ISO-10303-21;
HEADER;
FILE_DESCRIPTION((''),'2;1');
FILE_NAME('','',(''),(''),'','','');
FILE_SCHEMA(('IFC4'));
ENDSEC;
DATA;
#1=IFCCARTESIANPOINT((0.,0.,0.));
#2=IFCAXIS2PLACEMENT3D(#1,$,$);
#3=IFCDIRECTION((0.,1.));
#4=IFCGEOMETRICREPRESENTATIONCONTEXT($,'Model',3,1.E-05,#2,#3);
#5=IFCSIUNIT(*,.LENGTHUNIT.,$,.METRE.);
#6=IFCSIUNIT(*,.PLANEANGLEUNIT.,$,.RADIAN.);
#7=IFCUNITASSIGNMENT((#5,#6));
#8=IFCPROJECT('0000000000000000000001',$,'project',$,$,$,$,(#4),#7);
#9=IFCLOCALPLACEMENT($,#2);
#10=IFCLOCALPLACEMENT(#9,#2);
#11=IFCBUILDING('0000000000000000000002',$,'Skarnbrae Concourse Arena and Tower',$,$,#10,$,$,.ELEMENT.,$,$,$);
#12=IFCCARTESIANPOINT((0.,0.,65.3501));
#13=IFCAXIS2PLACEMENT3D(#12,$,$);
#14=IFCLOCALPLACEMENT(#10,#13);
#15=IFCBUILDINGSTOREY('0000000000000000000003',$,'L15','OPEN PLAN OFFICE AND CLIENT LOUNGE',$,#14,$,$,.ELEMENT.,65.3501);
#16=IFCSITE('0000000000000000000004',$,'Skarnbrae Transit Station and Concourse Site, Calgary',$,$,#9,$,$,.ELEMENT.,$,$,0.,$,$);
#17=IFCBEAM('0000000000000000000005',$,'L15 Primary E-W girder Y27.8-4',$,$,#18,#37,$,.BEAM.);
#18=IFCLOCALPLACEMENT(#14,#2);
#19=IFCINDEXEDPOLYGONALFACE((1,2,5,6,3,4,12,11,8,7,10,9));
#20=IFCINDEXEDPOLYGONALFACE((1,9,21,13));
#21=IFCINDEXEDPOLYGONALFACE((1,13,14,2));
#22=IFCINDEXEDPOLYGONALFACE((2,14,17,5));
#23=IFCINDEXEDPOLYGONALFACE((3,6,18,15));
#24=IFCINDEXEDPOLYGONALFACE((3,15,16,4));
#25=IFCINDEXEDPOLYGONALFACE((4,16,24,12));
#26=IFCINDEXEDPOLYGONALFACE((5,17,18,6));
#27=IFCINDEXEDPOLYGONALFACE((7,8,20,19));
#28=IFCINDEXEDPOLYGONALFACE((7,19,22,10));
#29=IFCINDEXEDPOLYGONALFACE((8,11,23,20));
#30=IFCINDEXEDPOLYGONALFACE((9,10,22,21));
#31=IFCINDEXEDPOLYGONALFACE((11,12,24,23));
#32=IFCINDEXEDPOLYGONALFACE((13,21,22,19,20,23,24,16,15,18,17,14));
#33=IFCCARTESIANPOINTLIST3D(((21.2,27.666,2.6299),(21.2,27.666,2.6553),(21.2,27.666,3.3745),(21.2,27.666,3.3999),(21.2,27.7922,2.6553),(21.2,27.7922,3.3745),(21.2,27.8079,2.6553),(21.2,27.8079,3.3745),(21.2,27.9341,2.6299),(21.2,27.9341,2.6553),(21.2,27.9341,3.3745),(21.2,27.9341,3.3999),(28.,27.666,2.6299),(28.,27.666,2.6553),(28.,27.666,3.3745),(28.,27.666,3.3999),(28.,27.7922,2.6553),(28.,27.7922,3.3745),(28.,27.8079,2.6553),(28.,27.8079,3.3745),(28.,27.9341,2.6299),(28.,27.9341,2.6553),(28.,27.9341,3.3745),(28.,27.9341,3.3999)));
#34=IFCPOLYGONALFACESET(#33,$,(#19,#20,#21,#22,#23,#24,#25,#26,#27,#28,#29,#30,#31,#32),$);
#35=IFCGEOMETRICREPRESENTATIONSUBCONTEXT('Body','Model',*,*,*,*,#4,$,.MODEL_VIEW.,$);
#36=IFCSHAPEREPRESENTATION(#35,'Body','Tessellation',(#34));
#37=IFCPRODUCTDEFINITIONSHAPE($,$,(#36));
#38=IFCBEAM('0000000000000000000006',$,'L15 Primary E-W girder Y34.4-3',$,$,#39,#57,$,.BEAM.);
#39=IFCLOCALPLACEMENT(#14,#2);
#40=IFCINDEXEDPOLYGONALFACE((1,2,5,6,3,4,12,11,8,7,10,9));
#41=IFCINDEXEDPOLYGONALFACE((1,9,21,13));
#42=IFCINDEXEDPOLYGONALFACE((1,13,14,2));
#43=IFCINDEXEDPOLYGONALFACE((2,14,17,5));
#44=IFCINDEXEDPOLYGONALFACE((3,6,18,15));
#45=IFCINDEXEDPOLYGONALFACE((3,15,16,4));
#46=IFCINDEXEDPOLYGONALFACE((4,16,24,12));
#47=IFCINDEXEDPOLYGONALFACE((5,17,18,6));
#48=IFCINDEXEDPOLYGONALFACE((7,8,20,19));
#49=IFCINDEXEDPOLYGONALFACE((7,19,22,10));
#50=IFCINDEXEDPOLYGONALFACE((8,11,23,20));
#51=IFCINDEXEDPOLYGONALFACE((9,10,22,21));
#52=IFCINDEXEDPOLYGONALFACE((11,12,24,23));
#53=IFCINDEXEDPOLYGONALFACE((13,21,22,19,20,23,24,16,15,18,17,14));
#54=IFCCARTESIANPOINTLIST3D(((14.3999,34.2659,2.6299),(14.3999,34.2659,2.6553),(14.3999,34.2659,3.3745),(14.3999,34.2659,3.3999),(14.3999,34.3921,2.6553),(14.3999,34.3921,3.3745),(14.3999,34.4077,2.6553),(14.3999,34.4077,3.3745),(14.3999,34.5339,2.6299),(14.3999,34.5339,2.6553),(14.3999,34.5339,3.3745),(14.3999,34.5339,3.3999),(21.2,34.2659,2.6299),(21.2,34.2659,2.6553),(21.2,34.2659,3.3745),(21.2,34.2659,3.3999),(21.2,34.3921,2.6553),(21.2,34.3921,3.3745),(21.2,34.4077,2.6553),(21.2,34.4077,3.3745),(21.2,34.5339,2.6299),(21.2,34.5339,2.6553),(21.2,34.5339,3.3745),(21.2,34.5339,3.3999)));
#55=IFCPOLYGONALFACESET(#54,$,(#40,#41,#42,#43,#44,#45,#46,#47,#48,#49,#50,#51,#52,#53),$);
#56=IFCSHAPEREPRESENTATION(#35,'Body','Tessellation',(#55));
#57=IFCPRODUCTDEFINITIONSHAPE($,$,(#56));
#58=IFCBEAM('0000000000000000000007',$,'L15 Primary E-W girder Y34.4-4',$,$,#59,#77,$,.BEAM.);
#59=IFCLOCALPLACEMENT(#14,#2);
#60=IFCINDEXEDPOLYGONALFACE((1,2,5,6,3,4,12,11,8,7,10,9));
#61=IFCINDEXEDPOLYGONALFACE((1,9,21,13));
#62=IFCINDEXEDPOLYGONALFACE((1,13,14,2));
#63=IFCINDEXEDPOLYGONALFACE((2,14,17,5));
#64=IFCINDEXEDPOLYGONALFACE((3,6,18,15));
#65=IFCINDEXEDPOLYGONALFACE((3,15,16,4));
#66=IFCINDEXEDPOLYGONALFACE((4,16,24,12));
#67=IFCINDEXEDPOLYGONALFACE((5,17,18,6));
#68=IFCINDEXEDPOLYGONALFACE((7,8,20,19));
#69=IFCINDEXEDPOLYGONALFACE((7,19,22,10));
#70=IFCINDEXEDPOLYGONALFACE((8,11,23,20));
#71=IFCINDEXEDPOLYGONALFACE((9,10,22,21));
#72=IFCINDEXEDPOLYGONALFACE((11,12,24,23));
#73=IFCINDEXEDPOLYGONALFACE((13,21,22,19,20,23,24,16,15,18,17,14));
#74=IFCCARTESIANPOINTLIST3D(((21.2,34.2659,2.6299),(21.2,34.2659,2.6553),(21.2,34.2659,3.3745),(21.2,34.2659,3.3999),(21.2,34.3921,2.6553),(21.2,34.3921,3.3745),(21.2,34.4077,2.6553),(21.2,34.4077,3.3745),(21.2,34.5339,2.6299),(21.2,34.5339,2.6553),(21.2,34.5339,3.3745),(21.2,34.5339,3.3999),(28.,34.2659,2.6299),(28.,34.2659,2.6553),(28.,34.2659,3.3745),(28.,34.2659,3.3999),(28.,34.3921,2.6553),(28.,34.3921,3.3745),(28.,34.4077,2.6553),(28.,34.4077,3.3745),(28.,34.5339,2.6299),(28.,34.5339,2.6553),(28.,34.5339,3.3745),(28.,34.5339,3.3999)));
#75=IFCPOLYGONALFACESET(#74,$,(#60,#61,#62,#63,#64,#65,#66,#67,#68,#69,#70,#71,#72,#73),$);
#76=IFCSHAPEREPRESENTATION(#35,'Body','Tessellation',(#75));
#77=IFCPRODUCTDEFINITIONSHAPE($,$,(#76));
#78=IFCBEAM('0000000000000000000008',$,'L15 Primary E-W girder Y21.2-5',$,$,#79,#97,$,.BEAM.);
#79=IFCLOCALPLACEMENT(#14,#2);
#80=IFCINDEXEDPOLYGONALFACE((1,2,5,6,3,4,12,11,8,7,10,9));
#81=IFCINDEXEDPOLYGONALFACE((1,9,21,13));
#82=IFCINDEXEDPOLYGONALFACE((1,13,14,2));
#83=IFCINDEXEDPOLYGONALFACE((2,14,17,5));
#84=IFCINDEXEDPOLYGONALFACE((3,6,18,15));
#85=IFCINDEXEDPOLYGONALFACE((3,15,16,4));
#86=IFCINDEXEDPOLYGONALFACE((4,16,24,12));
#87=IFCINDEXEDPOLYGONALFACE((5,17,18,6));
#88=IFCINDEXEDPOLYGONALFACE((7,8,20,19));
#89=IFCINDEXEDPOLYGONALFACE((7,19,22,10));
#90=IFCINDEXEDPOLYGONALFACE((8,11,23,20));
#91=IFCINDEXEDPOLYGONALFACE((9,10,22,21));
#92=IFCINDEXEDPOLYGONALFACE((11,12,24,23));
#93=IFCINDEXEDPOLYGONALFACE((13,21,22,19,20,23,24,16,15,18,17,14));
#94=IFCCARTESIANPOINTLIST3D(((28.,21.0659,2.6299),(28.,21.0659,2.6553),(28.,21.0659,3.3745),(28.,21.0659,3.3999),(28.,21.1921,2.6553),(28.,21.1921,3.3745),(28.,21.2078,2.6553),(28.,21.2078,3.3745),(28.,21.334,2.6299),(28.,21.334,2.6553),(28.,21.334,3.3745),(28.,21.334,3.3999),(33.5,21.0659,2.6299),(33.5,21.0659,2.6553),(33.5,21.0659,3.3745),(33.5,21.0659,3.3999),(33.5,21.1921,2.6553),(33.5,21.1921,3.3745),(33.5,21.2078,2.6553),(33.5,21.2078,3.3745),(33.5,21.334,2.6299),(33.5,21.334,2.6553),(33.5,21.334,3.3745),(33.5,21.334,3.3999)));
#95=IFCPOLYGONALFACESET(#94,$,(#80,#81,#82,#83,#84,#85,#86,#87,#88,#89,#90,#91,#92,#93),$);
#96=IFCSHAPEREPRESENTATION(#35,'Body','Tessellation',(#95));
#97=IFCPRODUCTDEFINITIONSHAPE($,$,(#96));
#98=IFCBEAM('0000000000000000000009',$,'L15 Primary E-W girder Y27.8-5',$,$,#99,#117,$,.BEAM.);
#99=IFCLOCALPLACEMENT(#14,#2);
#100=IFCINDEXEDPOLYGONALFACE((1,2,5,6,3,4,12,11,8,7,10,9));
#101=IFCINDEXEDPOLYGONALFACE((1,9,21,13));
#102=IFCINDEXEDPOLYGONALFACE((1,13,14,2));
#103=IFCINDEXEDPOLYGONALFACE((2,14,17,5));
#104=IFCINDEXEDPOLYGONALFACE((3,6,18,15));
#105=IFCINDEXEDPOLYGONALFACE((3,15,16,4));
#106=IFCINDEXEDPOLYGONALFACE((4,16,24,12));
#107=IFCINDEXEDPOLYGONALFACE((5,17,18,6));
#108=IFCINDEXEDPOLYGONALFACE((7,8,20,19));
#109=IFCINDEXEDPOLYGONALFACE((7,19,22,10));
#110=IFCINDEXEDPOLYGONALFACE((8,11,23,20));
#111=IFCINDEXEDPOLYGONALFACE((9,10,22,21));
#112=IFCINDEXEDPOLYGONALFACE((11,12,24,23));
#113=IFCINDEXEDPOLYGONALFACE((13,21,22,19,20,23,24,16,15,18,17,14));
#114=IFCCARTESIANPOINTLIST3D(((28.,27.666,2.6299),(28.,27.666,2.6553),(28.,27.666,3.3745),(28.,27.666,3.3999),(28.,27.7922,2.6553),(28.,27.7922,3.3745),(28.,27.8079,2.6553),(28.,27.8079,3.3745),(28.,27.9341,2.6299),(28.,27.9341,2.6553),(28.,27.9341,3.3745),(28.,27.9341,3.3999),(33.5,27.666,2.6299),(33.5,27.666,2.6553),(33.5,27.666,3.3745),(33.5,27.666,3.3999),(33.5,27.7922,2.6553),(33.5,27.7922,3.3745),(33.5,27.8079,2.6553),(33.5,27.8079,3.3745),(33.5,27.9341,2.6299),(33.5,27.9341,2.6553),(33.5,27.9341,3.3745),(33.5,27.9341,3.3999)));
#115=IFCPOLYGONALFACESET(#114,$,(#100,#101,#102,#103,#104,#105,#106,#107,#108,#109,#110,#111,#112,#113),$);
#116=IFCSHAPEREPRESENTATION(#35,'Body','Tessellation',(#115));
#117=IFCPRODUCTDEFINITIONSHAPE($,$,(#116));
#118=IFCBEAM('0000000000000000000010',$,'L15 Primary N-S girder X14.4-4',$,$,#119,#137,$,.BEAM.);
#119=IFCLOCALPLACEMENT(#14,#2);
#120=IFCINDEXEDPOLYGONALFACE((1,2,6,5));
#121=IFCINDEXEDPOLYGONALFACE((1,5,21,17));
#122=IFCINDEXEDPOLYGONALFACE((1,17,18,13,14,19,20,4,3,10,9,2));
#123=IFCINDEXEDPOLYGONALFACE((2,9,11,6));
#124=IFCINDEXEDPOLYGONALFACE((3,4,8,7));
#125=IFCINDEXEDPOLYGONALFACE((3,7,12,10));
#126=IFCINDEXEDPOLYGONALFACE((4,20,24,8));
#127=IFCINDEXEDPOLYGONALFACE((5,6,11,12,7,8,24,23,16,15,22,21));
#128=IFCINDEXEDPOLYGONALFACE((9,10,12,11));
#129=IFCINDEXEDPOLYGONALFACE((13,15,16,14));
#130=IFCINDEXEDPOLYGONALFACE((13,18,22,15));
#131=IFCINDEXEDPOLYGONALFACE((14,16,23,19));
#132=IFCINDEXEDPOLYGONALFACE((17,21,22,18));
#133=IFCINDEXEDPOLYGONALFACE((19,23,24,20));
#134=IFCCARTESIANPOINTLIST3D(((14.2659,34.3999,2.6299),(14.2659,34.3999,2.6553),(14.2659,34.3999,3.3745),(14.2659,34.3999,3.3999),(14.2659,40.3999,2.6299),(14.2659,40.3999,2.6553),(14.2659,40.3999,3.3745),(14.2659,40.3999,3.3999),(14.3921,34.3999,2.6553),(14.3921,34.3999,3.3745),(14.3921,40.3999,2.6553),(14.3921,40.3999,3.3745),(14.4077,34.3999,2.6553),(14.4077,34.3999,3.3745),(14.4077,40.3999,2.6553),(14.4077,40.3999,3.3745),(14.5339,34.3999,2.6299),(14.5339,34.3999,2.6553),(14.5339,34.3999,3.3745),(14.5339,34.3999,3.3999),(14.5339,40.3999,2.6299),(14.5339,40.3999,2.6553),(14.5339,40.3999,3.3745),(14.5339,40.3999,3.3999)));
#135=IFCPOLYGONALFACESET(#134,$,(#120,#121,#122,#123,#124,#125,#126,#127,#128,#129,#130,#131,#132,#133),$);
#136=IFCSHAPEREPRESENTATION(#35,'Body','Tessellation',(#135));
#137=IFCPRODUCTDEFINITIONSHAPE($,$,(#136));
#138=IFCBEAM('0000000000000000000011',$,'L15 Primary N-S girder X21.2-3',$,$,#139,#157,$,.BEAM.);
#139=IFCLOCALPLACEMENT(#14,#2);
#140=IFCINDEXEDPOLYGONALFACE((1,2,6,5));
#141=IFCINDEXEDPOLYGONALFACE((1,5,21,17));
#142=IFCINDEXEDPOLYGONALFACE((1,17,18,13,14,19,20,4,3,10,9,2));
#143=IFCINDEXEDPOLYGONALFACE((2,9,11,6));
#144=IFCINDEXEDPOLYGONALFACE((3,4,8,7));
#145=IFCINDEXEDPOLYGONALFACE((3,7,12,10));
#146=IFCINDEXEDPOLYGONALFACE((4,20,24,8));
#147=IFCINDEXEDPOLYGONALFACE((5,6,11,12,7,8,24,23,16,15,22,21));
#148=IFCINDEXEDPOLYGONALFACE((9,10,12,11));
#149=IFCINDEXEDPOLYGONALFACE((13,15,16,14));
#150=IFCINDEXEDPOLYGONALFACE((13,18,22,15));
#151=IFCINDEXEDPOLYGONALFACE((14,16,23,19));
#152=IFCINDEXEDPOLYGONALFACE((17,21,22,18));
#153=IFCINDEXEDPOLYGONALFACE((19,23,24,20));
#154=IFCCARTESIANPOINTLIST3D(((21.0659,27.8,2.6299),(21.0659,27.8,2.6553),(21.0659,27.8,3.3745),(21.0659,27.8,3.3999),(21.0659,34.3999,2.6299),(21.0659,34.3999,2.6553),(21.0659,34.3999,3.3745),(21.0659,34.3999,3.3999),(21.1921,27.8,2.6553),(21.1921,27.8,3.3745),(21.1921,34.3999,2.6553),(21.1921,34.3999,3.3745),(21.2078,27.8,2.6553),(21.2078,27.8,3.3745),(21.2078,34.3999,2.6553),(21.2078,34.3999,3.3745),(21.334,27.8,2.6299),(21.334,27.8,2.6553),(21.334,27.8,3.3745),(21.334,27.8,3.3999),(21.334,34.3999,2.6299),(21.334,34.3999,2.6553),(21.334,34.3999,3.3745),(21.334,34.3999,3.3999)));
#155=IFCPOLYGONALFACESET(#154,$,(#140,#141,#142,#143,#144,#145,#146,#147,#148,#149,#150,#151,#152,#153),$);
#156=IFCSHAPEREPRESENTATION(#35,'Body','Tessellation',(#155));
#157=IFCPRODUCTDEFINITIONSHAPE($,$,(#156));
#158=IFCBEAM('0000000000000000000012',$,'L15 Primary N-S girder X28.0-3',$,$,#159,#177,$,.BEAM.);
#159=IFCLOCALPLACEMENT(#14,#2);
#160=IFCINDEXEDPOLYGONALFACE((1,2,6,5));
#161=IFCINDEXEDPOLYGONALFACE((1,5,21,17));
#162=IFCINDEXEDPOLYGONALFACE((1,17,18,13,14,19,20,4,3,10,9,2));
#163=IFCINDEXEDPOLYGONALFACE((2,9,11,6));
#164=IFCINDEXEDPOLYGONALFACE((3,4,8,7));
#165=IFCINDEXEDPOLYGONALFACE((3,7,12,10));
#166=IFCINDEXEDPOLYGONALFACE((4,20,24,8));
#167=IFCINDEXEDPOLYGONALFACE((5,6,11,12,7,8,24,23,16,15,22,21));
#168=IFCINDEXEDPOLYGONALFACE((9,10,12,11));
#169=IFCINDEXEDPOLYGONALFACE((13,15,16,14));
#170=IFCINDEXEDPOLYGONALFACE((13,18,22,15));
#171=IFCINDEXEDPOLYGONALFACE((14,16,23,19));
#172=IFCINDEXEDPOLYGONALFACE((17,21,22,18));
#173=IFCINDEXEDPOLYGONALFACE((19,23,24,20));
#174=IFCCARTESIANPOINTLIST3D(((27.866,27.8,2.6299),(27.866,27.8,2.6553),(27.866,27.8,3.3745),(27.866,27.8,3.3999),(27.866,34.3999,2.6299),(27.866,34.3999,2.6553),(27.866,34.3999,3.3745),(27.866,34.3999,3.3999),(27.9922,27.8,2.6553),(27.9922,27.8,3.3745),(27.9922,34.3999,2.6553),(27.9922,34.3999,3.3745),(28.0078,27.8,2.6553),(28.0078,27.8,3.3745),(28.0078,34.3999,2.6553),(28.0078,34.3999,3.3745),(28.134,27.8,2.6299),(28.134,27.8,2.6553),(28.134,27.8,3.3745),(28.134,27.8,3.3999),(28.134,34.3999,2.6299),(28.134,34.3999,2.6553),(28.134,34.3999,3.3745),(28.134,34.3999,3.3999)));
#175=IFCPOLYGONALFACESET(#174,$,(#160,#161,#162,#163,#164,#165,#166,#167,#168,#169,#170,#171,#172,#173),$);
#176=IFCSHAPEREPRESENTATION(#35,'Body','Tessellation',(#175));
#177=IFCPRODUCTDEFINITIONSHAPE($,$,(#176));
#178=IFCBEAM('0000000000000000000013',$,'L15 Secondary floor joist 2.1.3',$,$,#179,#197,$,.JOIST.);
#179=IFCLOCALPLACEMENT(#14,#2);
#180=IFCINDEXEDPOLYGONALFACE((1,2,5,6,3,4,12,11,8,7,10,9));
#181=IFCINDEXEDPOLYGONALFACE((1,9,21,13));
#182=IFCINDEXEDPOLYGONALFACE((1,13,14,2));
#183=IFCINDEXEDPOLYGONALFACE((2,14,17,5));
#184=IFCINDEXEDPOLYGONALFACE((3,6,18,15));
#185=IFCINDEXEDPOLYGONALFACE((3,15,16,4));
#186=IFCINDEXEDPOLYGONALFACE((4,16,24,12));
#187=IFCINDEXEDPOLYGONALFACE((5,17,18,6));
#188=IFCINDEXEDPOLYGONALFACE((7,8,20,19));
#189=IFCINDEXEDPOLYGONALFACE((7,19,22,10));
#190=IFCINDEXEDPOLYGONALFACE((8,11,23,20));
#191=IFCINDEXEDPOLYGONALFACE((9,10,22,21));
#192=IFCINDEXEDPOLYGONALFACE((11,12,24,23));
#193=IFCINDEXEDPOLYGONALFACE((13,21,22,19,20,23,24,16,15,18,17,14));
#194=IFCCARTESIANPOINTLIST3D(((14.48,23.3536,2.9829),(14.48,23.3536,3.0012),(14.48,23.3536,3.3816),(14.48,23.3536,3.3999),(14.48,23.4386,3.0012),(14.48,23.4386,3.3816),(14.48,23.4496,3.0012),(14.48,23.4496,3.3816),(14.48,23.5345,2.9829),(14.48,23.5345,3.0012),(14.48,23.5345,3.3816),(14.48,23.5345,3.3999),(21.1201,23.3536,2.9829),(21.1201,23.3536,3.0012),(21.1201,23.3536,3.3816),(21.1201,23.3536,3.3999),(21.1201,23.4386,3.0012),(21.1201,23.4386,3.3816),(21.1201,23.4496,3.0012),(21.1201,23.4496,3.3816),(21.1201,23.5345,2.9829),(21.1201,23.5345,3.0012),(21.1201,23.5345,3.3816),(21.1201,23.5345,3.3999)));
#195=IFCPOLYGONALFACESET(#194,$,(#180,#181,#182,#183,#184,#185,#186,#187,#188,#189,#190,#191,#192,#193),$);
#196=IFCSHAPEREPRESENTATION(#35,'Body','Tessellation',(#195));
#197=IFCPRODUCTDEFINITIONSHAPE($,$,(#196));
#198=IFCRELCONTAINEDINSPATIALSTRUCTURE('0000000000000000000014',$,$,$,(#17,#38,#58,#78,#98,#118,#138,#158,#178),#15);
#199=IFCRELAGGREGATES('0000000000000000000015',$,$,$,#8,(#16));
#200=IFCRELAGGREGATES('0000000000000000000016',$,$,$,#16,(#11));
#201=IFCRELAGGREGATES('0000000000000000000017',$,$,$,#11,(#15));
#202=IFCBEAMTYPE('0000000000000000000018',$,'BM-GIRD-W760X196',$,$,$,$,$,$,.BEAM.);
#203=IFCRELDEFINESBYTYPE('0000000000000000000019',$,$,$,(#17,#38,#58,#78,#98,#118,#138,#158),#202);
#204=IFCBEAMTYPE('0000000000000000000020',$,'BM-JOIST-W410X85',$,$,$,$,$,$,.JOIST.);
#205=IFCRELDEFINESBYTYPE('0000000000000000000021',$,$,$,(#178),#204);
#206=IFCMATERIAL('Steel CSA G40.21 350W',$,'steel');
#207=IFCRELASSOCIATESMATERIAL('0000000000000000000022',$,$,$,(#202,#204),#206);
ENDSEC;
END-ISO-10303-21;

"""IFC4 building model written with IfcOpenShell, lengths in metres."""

from ifc_helpers import new_model, si_unit, direction, frame, origin, origin_2d, place, context, subcontext, project, spatial, i_section, extrude, source, transform, mapped, material, material_profile, profile_set, type_object, element, save


model = new_model("IFC4")

# Units and contexts
model_context = context("Model", 3, precision=1e-05, world=origin(), true_north=direction((0.0, 1.0)))
body_context = subcontext(model_context, "Body", "Model", "MODEL_VIEW")
ifc_project = project(units=[si_unit("LENGTHUNIT", "METRE"), si_unit("PLANEANGLEUNIT", "RADIAN")], contexts=[model_context])

# Site, building, storey
site_placement = place(None, origin())
site = spatial("IfcSite", under=ifc_project, at=site_placement, Name="Skarnbrae Transit Station and Concourse Site, Calgary", CompositionType="ELEMENT", RefElevation=0.0)
building_placement = place(site_placement, origin())
building = spatial("IfcBuilding", under=site, at=building_placement, Name="Skarnbrae Concourse Arena and Tower", CompositionType="ELEMENT")
storey_placement = place(building_placement, frame((0.0, 0.0, 65.3501)))
storey = spatial("IfcBuildingStorey", under=building, at=storey_placement, Name="L15", Description="OPEN PLAN OFFICE AND CLIENT LOUNGE", CompositionType="ELEMENT", Elevation=65.3501)

# Shared definitions
ifc_material_1 = material(Name="Steel CSA G40.21 350W", Category="steel")

# Beams
ifc_material_profile_1 = material_profile(ifc_material_1, i_section(OverallWidth=0.2681, OverallDepth=0.77, WebThickness=0.0156, FlangeThickness=0.0254, at=origin_2d()), Name="W760X196")
ifc_profile_set_1 = profile_set([ifc_material_profile_1], Name="Steel CSA G40.21 350W")
beam_type_1 = type_object("IfcBeamType", Name="BM-GIRD-W760X196", PredefinedType="BEAM", material=ifc_profile_set_1)
shared_shape_1 = source(origin(), body_context, "Body", "SweptSolid", [
    extrude(i_section(OverallWidth=0.2681, OverallDepth=0.77, WebThickness=0.0156, FlangeThickness=0.0254, at=origin_2d()), origin(), (0.0, 0.0, 1.0), 6.8),
])
for number, where, z_axis, x_axis, name in (
    (1, (21.2, 27.8, 3.0149), (1.0, 0.0, 0.0), (0.0, 1.0, 0.0), "L15 Primary E-W girder Y27.8-4"),
    (2, (14.3999, 34.3999, 3.0149), (1.0, 0.0, 0.0), (0.0, 1.0, 0.0), "L15 Primary E-W girder Y34.4-3"),
    (3, (21.2, 34.3999, 3.0149), (1.0, 0.0, 0.0), (0.0, 1.0, 0.0), "L15 Primary E-W girder Y34.4-4"),
):
    element("IfcBeam", number, at=place(storey_placement, frame(where, z_axis=z_axis, x_axis=x_axis)), inside=storey, type_object=beam_type_1, Name=name, PredefinedType="BEAM", context=body_context, shape_type="MappedRepresentation", body=[
        mapped(shared_shape_1, transform((0.0, 0.0, 0.0))),
    ])
shared_shape_2 = source(origin(), body_context, "Body", "SweptSolid", [
    extrude(i_section(OverallWidth=0.2681, OverallDepth=0.77, WebThickness=0.0156, FlangeThickness=0.0254, at=origin_2d()), origin(), (0.0, 0.0, 1.0), 5.5),
])
for number, where, z_axis, x_axis, name in (
    (4, (28.0, 21.2, 3.0149), (1.0, 0.0, 0.0), (0.0, 1.0, 0.0), "L15 Primary E-W girder Y21.2-5"),
    (5, (28.0, 27.8, 3.0149), (1.0, 0.0, 0.0), (0.0, 1.0, 0.0), "L15 Primary E-W girder Y27.8-5"),
):
    element("IfcBeam", number, at=place(storey_placement, frame(where, z_axis=z_axis, x_axis=x_axis)), inside=storey, type_object=beam_type_1, Name=name, PredefinedType="BEAM", context=body_context, shape_type="MappedRepresentation", body=[
        mapped(shared_shape_2, transform((0.0, 0.0, 0.0))),
    ])
shared_shape_3 = source(origin(), body_context, "Body", "SweptSolid", [
    extrude(i_section(OverallWidth=0.2681, OverallDepth=0.77, WebThickness=0.0156, FlangeThickness=0.0254, at=origin_2d()), origin(), (0.0, 0.0, 1.0), 6.0),
])
beam_placement = place(storey_placement, frame((14.3999, 34.3999, 3.0149), z_axis=(0.0, 1.0, 0.0), x_axis=(-1.0, 0.0, 0.0)))
element("IfcBeam", 6, at=beam_placement, inside=storey, type_object=beam_type_1, Name="L15 Primary N-S girder X14.4-4", PredefinedType="BEAM", context=body_context, shape_type="MappedRepresentation", body=[
    mapped(shared_shape_3, transform((0.0, 0.0, 0.0))),
])
shared_shape_4 = source(origin(), body_context, "Body", "SweptSolid", [
    extrude(i_section(OverallWidth=0.2681, OverallDepth=0.77, WebThickness=0.0156, FlangeThickness=0.0254, at=origin_2d()), origin(), (0.0, 0.0, 1.0), 6.5999),
])
for number, where, z_axis, x_axis, name in (
    (7, (21.2, 27.8, 3.0149), (0.0, 1.0, 0.0), (-1.0, 0.0, 0.0), "L15 Primary N-S girder X21.2-3"),
    (8, (28.0, 27.8, 3.0149), (0.0, 1.0, 0.0), (-1.0, 0.0, 0.0), "L15 Primary N-S girder X28.0-3"),
):
    element("IfcBeam", number, at=place(storey_placement, frame(where, z_axis=z_axis, x_axis=x_axis)), inside=storey, type_object=beam_type_1, Name=name, PredefinedType="BEAM", context=body_context, shape_type="MappedRepresentation", body=[
        mapped(shared_shape_4, transform((0.0, 0.0, 0.0))),
    ])
ifc_material_profile_2 = material_profile(ifc_material_1, i_section(OverallWidth=0.1809, OverallDepth=0.417, WebThickness=0.011, FlangeThickness=0.0183, at=origin_2d()), Name="W410X85")
ifc_profile_set_2 = profile_set([ifc_material_profile_2], Name="Steel CSA G40.21 350W")
beam_type_2 = type_object("IfcBeamType", Name="BM-JOIST-W410X85", PredefinedType="JOIST", material=ifc_profile_set_2)
shared_shape_5 = source(origin(), body_context, "Body", "SweptSolid", [
    extrude(i_section(OverallWidth=0.1809, OverallDepth=0.417, WebThickness=0.011, FlangeThickness=0.0183, at=origin_2d()), origin(), (0.0, 0.0, 1.0), 6.6401),
])
for number, where, z_axis, x_axis, name in (
    (9, (14.48, 23.4441, 3.1914), (1.0, 0.0, 0.0), (0.0, 1.0, 0.0), "L15 Secondary floor joist 2.1.3"),
):
    element("IfcBeam", number, at=place(storey_placement, frame(where, z_axis=z_axis, x_axis=x_axis)), inside=storey, type_object=beam_type_2, Name=name, PredefinedType="JOIST", context=body_context, shape_type="MappedRepresentation", body=[
        mapped(shared_shape_5, transform((0.0, 0.0, 0.0))),
    ])

save(model, "model.ifc")
